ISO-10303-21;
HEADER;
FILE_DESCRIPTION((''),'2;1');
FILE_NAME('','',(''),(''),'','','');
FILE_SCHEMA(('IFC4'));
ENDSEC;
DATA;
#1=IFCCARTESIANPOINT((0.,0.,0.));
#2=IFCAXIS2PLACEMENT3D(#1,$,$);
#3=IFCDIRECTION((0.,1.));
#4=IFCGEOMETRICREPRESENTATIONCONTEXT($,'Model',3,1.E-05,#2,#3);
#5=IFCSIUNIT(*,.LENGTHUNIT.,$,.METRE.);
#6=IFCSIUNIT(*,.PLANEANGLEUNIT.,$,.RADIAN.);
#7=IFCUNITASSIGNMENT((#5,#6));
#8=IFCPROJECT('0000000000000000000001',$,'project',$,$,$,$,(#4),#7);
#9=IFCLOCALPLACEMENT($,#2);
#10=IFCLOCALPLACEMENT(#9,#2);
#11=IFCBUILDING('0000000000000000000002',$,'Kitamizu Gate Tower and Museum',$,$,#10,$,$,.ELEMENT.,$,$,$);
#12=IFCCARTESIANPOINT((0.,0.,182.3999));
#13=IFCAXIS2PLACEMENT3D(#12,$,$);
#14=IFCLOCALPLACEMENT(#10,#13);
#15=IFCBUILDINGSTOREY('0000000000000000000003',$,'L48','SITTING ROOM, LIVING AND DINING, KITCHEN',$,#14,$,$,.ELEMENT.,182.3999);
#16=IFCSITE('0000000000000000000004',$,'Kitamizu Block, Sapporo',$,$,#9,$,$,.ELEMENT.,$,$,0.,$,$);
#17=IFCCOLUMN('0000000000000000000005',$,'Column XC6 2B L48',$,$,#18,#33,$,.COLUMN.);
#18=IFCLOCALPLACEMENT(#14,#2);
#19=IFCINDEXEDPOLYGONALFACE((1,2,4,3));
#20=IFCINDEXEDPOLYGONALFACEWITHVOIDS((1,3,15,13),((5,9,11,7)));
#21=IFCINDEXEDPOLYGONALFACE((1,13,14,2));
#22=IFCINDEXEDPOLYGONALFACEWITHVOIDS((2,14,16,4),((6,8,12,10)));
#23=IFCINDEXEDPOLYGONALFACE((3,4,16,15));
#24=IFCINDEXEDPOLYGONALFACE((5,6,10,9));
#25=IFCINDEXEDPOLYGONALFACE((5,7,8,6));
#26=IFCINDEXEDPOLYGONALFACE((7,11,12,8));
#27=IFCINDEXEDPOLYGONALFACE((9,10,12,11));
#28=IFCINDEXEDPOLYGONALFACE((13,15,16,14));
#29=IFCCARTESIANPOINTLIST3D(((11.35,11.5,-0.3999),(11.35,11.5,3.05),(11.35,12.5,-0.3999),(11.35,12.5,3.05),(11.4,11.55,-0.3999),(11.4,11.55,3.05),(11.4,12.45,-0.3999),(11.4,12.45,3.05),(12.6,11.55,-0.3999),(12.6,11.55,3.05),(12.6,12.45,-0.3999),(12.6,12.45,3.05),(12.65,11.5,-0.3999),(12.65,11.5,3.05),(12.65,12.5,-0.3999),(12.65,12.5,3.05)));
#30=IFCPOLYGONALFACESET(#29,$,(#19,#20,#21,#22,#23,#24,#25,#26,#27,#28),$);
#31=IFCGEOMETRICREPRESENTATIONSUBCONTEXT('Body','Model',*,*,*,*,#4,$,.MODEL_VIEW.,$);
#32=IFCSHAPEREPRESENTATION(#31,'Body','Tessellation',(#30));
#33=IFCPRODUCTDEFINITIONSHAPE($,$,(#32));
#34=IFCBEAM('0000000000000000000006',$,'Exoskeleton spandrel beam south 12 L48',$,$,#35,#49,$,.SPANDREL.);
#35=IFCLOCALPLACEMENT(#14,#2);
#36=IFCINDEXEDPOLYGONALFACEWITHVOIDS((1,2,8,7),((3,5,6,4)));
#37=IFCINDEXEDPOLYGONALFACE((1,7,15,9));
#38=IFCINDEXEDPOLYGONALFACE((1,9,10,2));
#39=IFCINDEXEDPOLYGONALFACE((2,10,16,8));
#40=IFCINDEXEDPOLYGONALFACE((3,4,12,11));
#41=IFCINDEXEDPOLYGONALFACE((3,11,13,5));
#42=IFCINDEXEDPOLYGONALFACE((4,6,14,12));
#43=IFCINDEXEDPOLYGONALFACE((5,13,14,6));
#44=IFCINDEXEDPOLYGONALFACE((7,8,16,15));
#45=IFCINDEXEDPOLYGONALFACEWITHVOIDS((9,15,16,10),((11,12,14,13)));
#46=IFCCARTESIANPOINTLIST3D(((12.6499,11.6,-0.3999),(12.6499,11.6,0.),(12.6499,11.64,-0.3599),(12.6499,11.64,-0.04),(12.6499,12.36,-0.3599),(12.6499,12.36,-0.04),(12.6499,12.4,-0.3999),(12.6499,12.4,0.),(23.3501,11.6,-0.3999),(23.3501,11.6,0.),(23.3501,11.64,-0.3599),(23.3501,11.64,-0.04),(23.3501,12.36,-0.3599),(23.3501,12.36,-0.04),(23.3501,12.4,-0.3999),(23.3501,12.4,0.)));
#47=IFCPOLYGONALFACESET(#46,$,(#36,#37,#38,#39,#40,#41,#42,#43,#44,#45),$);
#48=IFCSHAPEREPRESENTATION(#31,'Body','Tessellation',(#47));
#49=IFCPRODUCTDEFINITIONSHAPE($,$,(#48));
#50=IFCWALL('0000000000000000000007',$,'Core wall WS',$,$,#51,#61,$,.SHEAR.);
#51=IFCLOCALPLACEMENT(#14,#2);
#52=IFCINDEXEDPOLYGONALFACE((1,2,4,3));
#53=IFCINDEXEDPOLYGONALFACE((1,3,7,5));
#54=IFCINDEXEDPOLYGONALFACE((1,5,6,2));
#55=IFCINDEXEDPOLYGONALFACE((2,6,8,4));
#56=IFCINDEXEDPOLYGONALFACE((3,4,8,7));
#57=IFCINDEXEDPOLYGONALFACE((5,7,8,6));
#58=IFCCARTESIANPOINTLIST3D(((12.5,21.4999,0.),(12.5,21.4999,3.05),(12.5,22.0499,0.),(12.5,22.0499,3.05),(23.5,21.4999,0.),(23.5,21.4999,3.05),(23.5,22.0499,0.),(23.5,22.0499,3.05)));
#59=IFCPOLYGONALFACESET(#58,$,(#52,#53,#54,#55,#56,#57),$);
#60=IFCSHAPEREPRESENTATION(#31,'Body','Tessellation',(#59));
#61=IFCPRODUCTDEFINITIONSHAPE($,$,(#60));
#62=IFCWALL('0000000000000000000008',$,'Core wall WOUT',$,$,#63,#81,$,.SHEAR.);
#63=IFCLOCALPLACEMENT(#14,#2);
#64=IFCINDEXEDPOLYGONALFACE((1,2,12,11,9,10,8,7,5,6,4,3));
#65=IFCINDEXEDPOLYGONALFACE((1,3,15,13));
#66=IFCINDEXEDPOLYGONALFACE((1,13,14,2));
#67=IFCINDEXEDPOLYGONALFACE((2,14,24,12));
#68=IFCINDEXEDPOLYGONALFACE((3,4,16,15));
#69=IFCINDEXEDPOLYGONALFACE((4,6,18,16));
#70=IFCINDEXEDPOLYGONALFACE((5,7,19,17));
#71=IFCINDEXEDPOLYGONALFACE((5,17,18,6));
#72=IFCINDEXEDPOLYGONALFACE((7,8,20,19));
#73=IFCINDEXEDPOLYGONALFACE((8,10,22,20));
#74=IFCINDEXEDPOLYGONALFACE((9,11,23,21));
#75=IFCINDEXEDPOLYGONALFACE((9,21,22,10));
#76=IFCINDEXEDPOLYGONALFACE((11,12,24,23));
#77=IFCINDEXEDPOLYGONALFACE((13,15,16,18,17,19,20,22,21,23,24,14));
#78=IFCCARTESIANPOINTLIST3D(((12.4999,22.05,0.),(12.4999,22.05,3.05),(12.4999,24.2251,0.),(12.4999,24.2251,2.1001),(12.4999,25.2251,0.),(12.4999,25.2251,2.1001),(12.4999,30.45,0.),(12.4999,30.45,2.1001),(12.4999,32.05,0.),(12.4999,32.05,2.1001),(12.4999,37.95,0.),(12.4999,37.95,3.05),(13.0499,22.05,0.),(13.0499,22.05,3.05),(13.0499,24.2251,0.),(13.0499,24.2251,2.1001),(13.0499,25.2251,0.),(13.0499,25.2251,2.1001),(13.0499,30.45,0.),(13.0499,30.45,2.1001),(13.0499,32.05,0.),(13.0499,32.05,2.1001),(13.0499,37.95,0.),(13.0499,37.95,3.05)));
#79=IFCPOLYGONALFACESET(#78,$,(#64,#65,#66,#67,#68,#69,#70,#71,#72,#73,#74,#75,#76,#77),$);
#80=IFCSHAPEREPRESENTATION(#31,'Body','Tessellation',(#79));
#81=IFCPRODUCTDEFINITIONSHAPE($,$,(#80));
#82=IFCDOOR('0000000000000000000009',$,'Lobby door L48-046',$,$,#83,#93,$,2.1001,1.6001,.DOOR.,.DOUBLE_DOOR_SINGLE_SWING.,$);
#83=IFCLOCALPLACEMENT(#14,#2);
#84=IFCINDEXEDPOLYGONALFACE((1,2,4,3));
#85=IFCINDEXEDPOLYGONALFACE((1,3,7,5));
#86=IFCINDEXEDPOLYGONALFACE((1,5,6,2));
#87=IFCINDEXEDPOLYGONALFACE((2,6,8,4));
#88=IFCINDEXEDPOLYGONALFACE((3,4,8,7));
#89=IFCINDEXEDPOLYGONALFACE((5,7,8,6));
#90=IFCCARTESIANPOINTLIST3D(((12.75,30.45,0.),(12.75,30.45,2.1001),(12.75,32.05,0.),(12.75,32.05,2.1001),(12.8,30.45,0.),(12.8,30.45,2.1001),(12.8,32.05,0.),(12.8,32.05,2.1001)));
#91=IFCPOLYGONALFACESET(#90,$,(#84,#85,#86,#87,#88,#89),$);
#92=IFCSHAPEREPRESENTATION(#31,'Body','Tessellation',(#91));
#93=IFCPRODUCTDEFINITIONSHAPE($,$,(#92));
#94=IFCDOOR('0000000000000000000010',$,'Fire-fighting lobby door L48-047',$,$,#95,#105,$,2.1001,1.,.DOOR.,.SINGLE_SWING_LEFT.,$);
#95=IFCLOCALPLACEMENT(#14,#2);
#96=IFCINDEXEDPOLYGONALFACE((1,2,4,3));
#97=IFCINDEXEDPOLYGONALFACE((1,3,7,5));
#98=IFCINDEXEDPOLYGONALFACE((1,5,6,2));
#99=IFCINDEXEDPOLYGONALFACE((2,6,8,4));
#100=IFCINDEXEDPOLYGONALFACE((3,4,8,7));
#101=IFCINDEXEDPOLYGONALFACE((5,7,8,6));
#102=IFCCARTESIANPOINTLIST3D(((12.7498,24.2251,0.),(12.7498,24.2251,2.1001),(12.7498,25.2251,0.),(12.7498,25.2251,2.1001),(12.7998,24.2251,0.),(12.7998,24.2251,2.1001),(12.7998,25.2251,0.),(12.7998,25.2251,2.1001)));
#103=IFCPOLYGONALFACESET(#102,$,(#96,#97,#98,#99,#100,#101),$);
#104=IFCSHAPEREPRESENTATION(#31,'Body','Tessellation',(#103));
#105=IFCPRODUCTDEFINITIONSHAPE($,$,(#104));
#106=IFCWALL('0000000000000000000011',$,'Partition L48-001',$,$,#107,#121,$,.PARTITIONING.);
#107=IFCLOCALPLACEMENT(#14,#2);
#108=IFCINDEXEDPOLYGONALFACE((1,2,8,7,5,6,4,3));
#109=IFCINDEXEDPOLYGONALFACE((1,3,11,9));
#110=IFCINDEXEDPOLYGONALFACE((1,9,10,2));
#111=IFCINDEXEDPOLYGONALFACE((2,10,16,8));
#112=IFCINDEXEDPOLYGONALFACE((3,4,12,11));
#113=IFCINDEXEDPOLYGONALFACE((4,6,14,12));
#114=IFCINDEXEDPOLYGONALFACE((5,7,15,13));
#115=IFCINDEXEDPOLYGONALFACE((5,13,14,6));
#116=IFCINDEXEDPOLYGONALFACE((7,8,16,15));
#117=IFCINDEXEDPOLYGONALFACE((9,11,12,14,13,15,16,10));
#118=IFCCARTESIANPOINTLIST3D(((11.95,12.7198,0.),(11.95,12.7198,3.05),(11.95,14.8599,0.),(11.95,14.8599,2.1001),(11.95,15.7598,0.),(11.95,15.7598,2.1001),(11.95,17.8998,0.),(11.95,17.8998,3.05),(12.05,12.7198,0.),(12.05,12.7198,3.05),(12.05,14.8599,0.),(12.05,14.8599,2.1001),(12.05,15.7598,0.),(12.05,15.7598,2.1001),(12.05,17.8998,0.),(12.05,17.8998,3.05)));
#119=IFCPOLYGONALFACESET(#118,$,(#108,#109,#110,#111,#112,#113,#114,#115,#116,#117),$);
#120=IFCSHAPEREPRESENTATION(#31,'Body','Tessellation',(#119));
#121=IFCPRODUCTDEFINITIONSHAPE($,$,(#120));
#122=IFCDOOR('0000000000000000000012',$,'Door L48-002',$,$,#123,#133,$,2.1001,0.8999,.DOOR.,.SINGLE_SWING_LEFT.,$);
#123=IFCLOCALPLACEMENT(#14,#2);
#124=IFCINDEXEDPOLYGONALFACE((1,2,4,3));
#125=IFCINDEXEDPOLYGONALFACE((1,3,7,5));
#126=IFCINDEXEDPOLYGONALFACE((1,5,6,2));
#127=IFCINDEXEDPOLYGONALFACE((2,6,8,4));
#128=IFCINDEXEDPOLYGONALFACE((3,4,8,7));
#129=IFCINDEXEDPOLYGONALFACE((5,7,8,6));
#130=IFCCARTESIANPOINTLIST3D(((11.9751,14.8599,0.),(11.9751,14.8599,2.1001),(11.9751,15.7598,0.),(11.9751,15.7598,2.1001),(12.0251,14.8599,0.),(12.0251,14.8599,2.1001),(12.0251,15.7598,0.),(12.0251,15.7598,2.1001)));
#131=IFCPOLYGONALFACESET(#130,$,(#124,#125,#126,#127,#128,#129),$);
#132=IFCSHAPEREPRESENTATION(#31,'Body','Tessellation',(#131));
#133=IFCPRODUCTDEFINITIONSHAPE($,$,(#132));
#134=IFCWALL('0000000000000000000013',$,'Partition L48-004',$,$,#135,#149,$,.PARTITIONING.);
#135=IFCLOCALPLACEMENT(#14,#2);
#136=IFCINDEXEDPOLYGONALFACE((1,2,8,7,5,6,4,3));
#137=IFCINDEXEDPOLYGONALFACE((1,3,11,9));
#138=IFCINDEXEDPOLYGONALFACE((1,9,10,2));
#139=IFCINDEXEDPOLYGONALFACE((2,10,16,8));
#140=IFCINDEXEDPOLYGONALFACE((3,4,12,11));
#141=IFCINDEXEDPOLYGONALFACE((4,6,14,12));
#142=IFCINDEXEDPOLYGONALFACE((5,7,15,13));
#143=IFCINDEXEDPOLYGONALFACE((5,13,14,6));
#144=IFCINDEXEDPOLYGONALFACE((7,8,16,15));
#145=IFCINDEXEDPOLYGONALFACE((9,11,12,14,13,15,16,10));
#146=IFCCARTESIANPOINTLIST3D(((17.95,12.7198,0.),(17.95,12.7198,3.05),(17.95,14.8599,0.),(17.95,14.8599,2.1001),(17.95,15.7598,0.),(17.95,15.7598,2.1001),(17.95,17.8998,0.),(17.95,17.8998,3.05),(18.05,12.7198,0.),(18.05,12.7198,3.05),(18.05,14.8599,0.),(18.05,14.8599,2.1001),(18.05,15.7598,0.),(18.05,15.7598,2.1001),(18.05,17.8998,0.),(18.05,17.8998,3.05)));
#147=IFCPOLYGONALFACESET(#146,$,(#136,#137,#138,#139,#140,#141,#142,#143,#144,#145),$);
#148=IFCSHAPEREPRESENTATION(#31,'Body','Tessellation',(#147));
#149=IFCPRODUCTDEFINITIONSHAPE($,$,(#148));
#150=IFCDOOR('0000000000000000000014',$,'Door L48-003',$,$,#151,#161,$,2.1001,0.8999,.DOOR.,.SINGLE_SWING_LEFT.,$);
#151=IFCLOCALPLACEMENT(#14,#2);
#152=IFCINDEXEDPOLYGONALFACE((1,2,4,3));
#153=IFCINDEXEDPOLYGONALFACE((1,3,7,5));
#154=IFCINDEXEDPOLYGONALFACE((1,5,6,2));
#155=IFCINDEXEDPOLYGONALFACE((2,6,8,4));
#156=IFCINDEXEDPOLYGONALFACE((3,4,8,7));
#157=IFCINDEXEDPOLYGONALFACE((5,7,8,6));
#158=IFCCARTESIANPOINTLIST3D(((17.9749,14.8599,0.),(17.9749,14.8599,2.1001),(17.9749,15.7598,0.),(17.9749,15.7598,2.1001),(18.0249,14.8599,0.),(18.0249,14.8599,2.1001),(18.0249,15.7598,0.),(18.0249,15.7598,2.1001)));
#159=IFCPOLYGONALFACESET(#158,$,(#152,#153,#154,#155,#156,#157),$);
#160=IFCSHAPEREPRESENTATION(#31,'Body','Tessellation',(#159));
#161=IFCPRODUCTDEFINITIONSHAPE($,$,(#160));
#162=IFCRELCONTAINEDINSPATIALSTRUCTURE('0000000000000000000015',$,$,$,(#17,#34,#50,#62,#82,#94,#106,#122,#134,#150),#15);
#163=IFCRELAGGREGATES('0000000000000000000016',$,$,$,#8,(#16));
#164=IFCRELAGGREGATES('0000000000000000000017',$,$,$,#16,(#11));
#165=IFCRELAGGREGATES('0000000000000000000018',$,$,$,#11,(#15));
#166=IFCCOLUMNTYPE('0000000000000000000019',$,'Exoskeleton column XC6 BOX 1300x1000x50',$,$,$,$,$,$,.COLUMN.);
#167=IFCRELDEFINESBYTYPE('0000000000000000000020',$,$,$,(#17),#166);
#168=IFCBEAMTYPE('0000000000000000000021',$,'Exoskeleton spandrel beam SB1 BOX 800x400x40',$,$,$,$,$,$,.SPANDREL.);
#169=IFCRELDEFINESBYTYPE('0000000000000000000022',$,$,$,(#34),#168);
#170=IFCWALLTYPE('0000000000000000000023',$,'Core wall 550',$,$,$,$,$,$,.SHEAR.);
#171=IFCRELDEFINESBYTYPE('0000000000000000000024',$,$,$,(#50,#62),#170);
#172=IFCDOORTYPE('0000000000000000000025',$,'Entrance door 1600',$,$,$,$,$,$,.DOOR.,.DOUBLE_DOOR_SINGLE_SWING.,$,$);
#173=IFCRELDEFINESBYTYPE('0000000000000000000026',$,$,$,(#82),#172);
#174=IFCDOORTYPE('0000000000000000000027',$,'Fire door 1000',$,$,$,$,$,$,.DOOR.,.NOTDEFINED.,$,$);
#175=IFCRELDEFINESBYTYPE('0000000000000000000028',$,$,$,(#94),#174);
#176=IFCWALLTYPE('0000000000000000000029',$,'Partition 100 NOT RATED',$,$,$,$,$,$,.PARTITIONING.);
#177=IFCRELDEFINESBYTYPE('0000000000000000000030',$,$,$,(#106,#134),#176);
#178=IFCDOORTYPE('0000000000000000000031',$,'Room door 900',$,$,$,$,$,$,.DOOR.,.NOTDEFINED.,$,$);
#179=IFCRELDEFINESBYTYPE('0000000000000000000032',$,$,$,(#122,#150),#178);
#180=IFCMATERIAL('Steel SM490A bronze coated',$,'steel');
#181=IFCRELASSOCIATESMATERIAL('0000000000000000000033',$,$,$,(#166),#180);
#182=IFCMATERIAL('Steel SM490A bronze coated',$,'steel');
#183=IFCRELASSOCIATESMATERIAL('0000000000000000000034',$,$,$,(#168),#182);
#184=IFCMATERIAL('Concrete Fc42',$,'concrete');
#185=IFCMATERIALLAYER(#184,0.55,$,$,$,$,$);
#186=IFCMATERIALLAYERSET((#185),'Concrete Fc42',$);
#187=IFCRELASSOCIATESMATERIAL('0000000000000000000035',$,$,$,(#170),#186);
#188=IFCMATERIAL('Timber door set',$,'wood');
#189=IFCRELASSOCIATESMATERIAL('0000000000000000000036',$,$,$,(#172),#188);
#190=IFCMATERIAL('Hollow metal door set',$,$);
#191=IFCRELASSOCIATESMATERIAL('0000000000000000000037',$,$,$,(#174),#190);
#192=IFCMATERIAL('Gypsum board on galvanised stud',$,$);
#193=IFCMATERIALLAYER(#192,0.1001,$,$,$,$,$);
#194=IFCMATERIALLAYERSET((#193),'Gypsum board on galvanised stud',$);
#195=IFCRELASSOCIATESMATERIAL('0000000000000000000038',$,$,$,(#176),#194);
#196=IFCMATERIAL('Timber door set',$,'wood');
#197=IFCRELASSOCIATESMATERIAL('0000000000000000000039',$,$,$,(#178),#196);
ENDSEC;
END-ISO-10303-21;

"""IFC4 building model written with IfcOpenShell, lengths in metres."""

from ifc_helpers import new_model, si_unit, direction, frame, frame_2d, origin, origin_2d, place, context, subcontext, project, spatial, rectangle, hollow_rectangle, extrude, material, layer, layer_set, material_profile, profile_set, type_object, element, fill, save


model = new_model("IFC4")

# Units and contexts
model_context = context("Model", 3, precision=1e-05, world=origin(), true_north=direction((0.0, 1.0)))
body_context = subcontext(model_context, "Body", "Model", "MODEL_VIEW")
ifc_project = project(units=[si_unit("LENGTHUNIT", "METRE"), si_unit("PLANEANGLEUNIT", "RADIAN")], contexts=[model_context])

# Site, building, storey
site_placement = place(None, origin())
site = spatial("IfcSite", under=ifc_project, at=site_placement, Name="Kitamizu Block, Sapporo", CompositionType="ELEMENT", RefElevation=0.0)
building_placement = place(site_placement, origin())
building = spatial("IfcBuilding", under=site, at=building_placement, Name="Kitamizu Gate Tower and Museum", CompositionType="ELEMENT")
storey_placement = place(building_placement, frame((0.0, 0.0, 182.3999)))
storey = spatial("IfcBuildingStorey", under=building, at=storey_placement, Name="L48", Description="SITTING ROOM, LIVING AND DINING, KITCHEN", CompositionType="ELEMENT", Elevation=182.3999)

# Column
ifc_material_1 = material(Name="Steel SM490A bronze coated", Category="steel")
ifc_material_profile_1 = material_profile(ifc_material_1, hollow_rectangle(XDim=1.3, YDim=1.0, WallThickness=0.05, at=origin_2d()), Name="BOX 1300x1000x50")
ifc_profile_set_1 = profile_set([ifc_material_profile_1], Name="Steel SM490A bronze coated")
column_type = type_object("IfcColumnType", Name="Exoskeleton column XC6 BOX 1300x1000x50", PredefinedType="COLUMN", material=ifc_profile_set_1)
column_placement = place(storey_placement, frame((12.0, 12.0, -0.3999), z_axis=(0.0, 0.0, 1.0), x_axis=(1.0, 0.0, 0.0)))
element("IfcColumn", 1, at=column_placement, inside=storey, type_object=column_type, Name="Column XC6 2B L48", PredefinedType="COLUMN", context=body_context, shape_type="SweptSolid", body=[
    extrude(hollow_rectangle(XDim=1.3, YDim=1.0, WallThickness=0.05, at=origin_2d()), origin(), (0.0, 0.0, 1.0), 3.45),
])

# Beam
ifc_material_2 = material(Name="Steel SM490A bronze coated", Category="steel")
ifc_material_profile_2 = material_profile(ifc_material_2, hollow_rectangle(XDim=0.8, YDim=0.3999, WallThickness=0.04, at=origin_2d()), Name="BOX 800x400x40")
ifc_profile_set_2 = profile_set([ifc_material_profile_2], Name="Steel SM490A bronze coated")
beam_type = type_object("IfcBeamType", Name="Exoskeleton spandrel beam SB1 BOX 800x400x40", PredefinedType="SPANDREL", material=ifc_profile_set_2)
beam_placement = place(storey_placement, frame((12.6499, 12.0, -0.2), z_axis=(1.0, 0.0, 0.0), x_axis=(0.0, 1.0, 0.0)))
element("IfcBeam", 2, at=beam_placement, inside=storey, type_object=beam_type, Name="Exoskeleton spandrel beam south 12 L48", PredefinedType="SPANDREL", context=body_context, shape_type="SweptSolid", body=[
    extrude(hollow_rectangle(XDim=0.8, YDim=0.3999, WallThickness=0.04, at=origin_2d()), origin(), (0.0, 0.0, 1.0), 10.7002),
])

# Wall
ifc_material_3 = material(Name="Concrete Fc42", Category="concrete")
ifc_layer_1 = layer(ifc_material_3, 0.55)
ifc_layer_set_1 = layer_set([ifc_layer_1], Name="Concrete Fc42")
wall_type_1 = type_object("IfcWallType", Name="Core wall 550", PredefinedType="SHEAR", material=ifc_layer_set_1)
wall_1_placement = place(storey_placement, frame((12.5, 21.7749, 0.0), z_axis=(0.0, 0.0, 1.0), x_axis=(1.0, 0.0, 0.0)))
element("IfcWall", 3, at=wall_1_placement, inside=storey, type_object=wall_type_1, Name="Core wall WS", PredefinedType="SHEAR", context=body_context, shape_type="SweptSolid", body=[
    extrude(rectangle(XDim=11.0, YDim=0.55, at=frame_2d((5.5, 0.0))), origin(), (0.0, 0.0, 1.0), 3.05),
])

# Wall, openings, doors
wall_2_placement = place(storey_placement, frame((12.7749, 22.05, 0.0), z_axis=(0.0, 0.0, 1.0), x_axis=(0.0, 1.0, 0.0)))
wall_2 = element("IfcWall", 4, at=wall_2_placement, inside=storey, type_object=wall_type_1, Name="Core wall WOUT", PredefinedType="SHEAR", context=body_context, shape_type="SweptSolid", body=[
    extrude(rectangle(XDim=15.8999, YDim=0.55, at=frame_2d((7.95, 0.0))), origin(), (0.0, 0.0, 1.0), 3.05),
])
opening_1_placement = place(wall_2_placement, frame((8.3999, 0.0, 0.0)))
opening_1 = element("IfcOpeningElement", 5, at=opening_1_placement, cuts=wall_2, PredefinedType="OPENING", context=body_context, shape_type="SweptSolid", body=[
    extrude(rectangle(XDim=1.6001, YDim=2.1001, at=frame_2d((0.8, 1.05))), frame((0.0, 0.2852, 0.0), z_axis=(0.0, -1.0, 0.0), x_axis=(1.0, 0.0, 0.0)), (0.0, 0.0, 1.0), 0.5701),
])
opening_2_placement = place(wall_2_placement, frame((2.175, 0.0, 0.0)))
opening_2 = element("IfcOpeningElement", 6, at=opening_2_placement, cuts=wall_2, PredefinedType="OPENING", context=body_context, shape_type="SweptSolid", body=[
    extrude(rectangle(XDim=1.0, YDim=2.1001, at=frame_2d((0.5, 1.05))), frame((0.0, 0.2852, 0.0), z_axis=(0.0, -1.0, 0.0), x_axis=(1.0, 0.0, 0.0)), (0.0, 0.0, 1.0), 0.5701),
])
ifc_material_4 = material(Name="Timber door set", Category="wood")
door_type_1 = type_object("IfcDoorType", Name="Entrance door 1600", OperationType="DOUBLE_DOOR_SINGLE_SWING", PredefinedType="DOOR", material=ifc_material_4)
door_1_placement = place(opening_1_placement, origin())
door_1 = element("IfcDoor", 7, at=door_1_placement, inside=storey, type_object=door_type_1, Name="Lobby door L48-046", OperationType="DOUBLE_DOOR_SINGLE_SWING", OverallHeight=2.1001, OverallWidth=1.6001, PredefinedType="DOOR", context=body_context, shape_type="SweptSolid", body=[
    extrude(rectangle(XDim=1.6001, YDim=2.1001, at=frame_2d((0.8, 1.05))), frame((0.0, 0.0249, 0.0), z_axis=(0.0, -1.0, 0.0), x_axis=(1.0, 0.0, 0.0)), (0.0, 0.0, 1.0), 0.05),
])
fill(opening_1, door_1)
ifc_material_5 = material(Name="Hollow metal door set")
door_type_2 = type_object("IfcDoorType", Name="Fire door 1000", OperationType="NOTDEFINED", PredefinedType="DOOR", material=ifc_material_5)
door_2_placement = place(opening_2_placement, frame((1.0, 0.0, 0.0), x_axis=(-1.0, 0.0, 0.0)))
door_2 = element("IfcDoor", 8, at=door_2_placement, inside=storey, type_object=door_type_2, Name="Fire-fighting lobby door L48-047", OperationType="SINGLE_SWING_LEFT", OverallHeight=2.1001, OverallWidth=1.0, PredefinedType="DOOR", context=body_context, shape_type="SweptSolid", body=[
    extrude(rectangle(XDim=1.0, YDim=2.1001, at=frame_2d((0.5, 1.05))), frame((0.0, 0.0249, 0.0), z_axis=(0.0, -1.0, 0.0), x_axis=(1.0, 0.0, 0.0)), (0.0, 0.0, 1.0), 0.05),
])
fill(opening_2, door_2)

# Walls, openings, doors
ifc_material_6 = material(Name="Gypsum board on galvanised stud")
ifc_layer_2 = layer(ifc_material_6, 0.1001)
ifc_layer_set_2 = layer_set([ifc_layer_2], Name="Gypsum board on galvanised stud")
wall_type_2 = type_object("IfcWallType", Name="Partition 100 NOT RATED", PredefinedType="PARTITIONING", material=ifc_layer_set_2)
wall_3_placement = place(storey_placement, frame((12.0, 12.72, 0.0), z_axis=(0.0, 0.0, 1.0), x_axis=(0.0, 1.0, 0.0)))
wall_3 = element("IfcWall", 9, at=wall_3_placement, inside=storey, type_object=wall_type_2, Name="Partition L48-001", PredefinedType="PARTITIONING", context=body_context, shape_type="SweptSolid", body=[
    extrude(rectangle(XDim=5.1799, YDim=0.1001, at=frame_2d((2.5898, 0.0))), origin(), (0.0, 0.0, 1.0), 3.05),
])
opening_3_placement = place(wall_3_placement, frame((2.1399, 0.0, 0.0)))
opening_3 = element("IfcOpeningElement", 10, at=opening_3_placement, cuts=wall_3, PredefinedType="OPENING", context=body_context, shape_type="SweptSolid", body=[
    extrude(rectangle(XDim=0.8999, YDim=2.1001, at=frame_2d((0.45, 1.05))), frame((0.0, 0.0601, 0.0), z_axis=(0.0, -1.0, 0.0), x_axis=(1.0, 0.0, 0.0)), (0.0, 0.0, 1.0), 0.1201),
])
ifc_material_7 = material(Name="Timber door set", Category="wood")
door_type_3 = type_object("IfcDoorType", Name="Room door 900", OperationType="NOTDEFINED", PredefinedType="DOOR", material=ifc_material_7)
door_3_placement = place(opening_3_placement, origin())
door_3 = element("IfcDoor", 11, at=door_3_placement, inside=storey, type_object=door_type_3, Name="Door L48-002", OperationType="SINGLE_SWING_LEFT", OverallHeight=2.1001, OverallWidth=0.8999, PredefinedType="DOOR", context=body_context, shape_type="SweptSolid", body=[
    extrude(rectangle(XDim=0.8999, YDim=2.1001, at=frame_2d((0.45, 1.05))), frame((0.0, 0.0249, 0.0), z_axis=(0.0, -1.0, 0.0), x_axis=(1.0, 0.0, 0.0)), (0.0, 0.0, 1.0), 0.05),
])
fill(opening_3, door_3)
wall_4_placement = place(storey_placement, frame((18.0, 12.72, 0.0), z_axis=(0.0, 0.0, 1.0), x_axis=(0.0, 1.0, 0.0)))
wall_4 = element("IfcWall", 12, at=wall_4_placement, inside=storey, type_object=wall_type_2, Name="Partition L48-004", PredefinedType="PARTITIONING", context=body_context, shape_type="SweptSolid", body=[
    extrude(rectangle(XDim=5.1799, YDim=0.1001, at=frame_2d((2.5898, 0.0))), origin(), (0.0, 0.0, 1.0), 3.05),
])
opening_4_placement = place(wall_4_placement, frame((2.1399, 0.0, 0.0)))
opening_4 = element("IfcOpeningElement", 13, at=opening_4_placement, cuts=wall_4, PredefinedType="OPENING", context=body_context, shape_type="SweptSolid", body=[
    extrude(rectangle(XDim=0.8999, YDim=2.1001, at=frame_2d((0.45, 1.05))), frame((0.0, 0.0601, 0.0), z_axis=(0.0, -1.0, 0.0), x_axis=(1.0, 0.0, 0.0)), (0.0, 0.0, 1.0), 0.1201),
])
door_4_placement = place(opening_4_placement, frame((0.8999, 0.0, 0.0), x_axis=(-1.0, 0.0, 0.0)))
door_4 = element("IfcDoor", 14, at=door_4_placement, inside=storey, type_object=door_type_3, Name="Door L48-003", OperationType="SINGLE_SWING_LEFT", OverallHeight=2.1001, OverallWidth=0.8999, PredefinedType="DOOR", context=body_context, shape_type="SweptSolid", body=[
    extrude(rectangle(XDim=0.8999, YDim=2.1001, at=frame_2d((0.45, 1.05))), frame((0.0, 0.0249, 0.0), z_axis=(0.0, -1.0, 0.0), x_axis=(1.0, 0.0, 0.0)), (0.0, 0.0, 1.0), 0.05),
])
fill(opening_4, door_4)

save(model, "model.ifc")
